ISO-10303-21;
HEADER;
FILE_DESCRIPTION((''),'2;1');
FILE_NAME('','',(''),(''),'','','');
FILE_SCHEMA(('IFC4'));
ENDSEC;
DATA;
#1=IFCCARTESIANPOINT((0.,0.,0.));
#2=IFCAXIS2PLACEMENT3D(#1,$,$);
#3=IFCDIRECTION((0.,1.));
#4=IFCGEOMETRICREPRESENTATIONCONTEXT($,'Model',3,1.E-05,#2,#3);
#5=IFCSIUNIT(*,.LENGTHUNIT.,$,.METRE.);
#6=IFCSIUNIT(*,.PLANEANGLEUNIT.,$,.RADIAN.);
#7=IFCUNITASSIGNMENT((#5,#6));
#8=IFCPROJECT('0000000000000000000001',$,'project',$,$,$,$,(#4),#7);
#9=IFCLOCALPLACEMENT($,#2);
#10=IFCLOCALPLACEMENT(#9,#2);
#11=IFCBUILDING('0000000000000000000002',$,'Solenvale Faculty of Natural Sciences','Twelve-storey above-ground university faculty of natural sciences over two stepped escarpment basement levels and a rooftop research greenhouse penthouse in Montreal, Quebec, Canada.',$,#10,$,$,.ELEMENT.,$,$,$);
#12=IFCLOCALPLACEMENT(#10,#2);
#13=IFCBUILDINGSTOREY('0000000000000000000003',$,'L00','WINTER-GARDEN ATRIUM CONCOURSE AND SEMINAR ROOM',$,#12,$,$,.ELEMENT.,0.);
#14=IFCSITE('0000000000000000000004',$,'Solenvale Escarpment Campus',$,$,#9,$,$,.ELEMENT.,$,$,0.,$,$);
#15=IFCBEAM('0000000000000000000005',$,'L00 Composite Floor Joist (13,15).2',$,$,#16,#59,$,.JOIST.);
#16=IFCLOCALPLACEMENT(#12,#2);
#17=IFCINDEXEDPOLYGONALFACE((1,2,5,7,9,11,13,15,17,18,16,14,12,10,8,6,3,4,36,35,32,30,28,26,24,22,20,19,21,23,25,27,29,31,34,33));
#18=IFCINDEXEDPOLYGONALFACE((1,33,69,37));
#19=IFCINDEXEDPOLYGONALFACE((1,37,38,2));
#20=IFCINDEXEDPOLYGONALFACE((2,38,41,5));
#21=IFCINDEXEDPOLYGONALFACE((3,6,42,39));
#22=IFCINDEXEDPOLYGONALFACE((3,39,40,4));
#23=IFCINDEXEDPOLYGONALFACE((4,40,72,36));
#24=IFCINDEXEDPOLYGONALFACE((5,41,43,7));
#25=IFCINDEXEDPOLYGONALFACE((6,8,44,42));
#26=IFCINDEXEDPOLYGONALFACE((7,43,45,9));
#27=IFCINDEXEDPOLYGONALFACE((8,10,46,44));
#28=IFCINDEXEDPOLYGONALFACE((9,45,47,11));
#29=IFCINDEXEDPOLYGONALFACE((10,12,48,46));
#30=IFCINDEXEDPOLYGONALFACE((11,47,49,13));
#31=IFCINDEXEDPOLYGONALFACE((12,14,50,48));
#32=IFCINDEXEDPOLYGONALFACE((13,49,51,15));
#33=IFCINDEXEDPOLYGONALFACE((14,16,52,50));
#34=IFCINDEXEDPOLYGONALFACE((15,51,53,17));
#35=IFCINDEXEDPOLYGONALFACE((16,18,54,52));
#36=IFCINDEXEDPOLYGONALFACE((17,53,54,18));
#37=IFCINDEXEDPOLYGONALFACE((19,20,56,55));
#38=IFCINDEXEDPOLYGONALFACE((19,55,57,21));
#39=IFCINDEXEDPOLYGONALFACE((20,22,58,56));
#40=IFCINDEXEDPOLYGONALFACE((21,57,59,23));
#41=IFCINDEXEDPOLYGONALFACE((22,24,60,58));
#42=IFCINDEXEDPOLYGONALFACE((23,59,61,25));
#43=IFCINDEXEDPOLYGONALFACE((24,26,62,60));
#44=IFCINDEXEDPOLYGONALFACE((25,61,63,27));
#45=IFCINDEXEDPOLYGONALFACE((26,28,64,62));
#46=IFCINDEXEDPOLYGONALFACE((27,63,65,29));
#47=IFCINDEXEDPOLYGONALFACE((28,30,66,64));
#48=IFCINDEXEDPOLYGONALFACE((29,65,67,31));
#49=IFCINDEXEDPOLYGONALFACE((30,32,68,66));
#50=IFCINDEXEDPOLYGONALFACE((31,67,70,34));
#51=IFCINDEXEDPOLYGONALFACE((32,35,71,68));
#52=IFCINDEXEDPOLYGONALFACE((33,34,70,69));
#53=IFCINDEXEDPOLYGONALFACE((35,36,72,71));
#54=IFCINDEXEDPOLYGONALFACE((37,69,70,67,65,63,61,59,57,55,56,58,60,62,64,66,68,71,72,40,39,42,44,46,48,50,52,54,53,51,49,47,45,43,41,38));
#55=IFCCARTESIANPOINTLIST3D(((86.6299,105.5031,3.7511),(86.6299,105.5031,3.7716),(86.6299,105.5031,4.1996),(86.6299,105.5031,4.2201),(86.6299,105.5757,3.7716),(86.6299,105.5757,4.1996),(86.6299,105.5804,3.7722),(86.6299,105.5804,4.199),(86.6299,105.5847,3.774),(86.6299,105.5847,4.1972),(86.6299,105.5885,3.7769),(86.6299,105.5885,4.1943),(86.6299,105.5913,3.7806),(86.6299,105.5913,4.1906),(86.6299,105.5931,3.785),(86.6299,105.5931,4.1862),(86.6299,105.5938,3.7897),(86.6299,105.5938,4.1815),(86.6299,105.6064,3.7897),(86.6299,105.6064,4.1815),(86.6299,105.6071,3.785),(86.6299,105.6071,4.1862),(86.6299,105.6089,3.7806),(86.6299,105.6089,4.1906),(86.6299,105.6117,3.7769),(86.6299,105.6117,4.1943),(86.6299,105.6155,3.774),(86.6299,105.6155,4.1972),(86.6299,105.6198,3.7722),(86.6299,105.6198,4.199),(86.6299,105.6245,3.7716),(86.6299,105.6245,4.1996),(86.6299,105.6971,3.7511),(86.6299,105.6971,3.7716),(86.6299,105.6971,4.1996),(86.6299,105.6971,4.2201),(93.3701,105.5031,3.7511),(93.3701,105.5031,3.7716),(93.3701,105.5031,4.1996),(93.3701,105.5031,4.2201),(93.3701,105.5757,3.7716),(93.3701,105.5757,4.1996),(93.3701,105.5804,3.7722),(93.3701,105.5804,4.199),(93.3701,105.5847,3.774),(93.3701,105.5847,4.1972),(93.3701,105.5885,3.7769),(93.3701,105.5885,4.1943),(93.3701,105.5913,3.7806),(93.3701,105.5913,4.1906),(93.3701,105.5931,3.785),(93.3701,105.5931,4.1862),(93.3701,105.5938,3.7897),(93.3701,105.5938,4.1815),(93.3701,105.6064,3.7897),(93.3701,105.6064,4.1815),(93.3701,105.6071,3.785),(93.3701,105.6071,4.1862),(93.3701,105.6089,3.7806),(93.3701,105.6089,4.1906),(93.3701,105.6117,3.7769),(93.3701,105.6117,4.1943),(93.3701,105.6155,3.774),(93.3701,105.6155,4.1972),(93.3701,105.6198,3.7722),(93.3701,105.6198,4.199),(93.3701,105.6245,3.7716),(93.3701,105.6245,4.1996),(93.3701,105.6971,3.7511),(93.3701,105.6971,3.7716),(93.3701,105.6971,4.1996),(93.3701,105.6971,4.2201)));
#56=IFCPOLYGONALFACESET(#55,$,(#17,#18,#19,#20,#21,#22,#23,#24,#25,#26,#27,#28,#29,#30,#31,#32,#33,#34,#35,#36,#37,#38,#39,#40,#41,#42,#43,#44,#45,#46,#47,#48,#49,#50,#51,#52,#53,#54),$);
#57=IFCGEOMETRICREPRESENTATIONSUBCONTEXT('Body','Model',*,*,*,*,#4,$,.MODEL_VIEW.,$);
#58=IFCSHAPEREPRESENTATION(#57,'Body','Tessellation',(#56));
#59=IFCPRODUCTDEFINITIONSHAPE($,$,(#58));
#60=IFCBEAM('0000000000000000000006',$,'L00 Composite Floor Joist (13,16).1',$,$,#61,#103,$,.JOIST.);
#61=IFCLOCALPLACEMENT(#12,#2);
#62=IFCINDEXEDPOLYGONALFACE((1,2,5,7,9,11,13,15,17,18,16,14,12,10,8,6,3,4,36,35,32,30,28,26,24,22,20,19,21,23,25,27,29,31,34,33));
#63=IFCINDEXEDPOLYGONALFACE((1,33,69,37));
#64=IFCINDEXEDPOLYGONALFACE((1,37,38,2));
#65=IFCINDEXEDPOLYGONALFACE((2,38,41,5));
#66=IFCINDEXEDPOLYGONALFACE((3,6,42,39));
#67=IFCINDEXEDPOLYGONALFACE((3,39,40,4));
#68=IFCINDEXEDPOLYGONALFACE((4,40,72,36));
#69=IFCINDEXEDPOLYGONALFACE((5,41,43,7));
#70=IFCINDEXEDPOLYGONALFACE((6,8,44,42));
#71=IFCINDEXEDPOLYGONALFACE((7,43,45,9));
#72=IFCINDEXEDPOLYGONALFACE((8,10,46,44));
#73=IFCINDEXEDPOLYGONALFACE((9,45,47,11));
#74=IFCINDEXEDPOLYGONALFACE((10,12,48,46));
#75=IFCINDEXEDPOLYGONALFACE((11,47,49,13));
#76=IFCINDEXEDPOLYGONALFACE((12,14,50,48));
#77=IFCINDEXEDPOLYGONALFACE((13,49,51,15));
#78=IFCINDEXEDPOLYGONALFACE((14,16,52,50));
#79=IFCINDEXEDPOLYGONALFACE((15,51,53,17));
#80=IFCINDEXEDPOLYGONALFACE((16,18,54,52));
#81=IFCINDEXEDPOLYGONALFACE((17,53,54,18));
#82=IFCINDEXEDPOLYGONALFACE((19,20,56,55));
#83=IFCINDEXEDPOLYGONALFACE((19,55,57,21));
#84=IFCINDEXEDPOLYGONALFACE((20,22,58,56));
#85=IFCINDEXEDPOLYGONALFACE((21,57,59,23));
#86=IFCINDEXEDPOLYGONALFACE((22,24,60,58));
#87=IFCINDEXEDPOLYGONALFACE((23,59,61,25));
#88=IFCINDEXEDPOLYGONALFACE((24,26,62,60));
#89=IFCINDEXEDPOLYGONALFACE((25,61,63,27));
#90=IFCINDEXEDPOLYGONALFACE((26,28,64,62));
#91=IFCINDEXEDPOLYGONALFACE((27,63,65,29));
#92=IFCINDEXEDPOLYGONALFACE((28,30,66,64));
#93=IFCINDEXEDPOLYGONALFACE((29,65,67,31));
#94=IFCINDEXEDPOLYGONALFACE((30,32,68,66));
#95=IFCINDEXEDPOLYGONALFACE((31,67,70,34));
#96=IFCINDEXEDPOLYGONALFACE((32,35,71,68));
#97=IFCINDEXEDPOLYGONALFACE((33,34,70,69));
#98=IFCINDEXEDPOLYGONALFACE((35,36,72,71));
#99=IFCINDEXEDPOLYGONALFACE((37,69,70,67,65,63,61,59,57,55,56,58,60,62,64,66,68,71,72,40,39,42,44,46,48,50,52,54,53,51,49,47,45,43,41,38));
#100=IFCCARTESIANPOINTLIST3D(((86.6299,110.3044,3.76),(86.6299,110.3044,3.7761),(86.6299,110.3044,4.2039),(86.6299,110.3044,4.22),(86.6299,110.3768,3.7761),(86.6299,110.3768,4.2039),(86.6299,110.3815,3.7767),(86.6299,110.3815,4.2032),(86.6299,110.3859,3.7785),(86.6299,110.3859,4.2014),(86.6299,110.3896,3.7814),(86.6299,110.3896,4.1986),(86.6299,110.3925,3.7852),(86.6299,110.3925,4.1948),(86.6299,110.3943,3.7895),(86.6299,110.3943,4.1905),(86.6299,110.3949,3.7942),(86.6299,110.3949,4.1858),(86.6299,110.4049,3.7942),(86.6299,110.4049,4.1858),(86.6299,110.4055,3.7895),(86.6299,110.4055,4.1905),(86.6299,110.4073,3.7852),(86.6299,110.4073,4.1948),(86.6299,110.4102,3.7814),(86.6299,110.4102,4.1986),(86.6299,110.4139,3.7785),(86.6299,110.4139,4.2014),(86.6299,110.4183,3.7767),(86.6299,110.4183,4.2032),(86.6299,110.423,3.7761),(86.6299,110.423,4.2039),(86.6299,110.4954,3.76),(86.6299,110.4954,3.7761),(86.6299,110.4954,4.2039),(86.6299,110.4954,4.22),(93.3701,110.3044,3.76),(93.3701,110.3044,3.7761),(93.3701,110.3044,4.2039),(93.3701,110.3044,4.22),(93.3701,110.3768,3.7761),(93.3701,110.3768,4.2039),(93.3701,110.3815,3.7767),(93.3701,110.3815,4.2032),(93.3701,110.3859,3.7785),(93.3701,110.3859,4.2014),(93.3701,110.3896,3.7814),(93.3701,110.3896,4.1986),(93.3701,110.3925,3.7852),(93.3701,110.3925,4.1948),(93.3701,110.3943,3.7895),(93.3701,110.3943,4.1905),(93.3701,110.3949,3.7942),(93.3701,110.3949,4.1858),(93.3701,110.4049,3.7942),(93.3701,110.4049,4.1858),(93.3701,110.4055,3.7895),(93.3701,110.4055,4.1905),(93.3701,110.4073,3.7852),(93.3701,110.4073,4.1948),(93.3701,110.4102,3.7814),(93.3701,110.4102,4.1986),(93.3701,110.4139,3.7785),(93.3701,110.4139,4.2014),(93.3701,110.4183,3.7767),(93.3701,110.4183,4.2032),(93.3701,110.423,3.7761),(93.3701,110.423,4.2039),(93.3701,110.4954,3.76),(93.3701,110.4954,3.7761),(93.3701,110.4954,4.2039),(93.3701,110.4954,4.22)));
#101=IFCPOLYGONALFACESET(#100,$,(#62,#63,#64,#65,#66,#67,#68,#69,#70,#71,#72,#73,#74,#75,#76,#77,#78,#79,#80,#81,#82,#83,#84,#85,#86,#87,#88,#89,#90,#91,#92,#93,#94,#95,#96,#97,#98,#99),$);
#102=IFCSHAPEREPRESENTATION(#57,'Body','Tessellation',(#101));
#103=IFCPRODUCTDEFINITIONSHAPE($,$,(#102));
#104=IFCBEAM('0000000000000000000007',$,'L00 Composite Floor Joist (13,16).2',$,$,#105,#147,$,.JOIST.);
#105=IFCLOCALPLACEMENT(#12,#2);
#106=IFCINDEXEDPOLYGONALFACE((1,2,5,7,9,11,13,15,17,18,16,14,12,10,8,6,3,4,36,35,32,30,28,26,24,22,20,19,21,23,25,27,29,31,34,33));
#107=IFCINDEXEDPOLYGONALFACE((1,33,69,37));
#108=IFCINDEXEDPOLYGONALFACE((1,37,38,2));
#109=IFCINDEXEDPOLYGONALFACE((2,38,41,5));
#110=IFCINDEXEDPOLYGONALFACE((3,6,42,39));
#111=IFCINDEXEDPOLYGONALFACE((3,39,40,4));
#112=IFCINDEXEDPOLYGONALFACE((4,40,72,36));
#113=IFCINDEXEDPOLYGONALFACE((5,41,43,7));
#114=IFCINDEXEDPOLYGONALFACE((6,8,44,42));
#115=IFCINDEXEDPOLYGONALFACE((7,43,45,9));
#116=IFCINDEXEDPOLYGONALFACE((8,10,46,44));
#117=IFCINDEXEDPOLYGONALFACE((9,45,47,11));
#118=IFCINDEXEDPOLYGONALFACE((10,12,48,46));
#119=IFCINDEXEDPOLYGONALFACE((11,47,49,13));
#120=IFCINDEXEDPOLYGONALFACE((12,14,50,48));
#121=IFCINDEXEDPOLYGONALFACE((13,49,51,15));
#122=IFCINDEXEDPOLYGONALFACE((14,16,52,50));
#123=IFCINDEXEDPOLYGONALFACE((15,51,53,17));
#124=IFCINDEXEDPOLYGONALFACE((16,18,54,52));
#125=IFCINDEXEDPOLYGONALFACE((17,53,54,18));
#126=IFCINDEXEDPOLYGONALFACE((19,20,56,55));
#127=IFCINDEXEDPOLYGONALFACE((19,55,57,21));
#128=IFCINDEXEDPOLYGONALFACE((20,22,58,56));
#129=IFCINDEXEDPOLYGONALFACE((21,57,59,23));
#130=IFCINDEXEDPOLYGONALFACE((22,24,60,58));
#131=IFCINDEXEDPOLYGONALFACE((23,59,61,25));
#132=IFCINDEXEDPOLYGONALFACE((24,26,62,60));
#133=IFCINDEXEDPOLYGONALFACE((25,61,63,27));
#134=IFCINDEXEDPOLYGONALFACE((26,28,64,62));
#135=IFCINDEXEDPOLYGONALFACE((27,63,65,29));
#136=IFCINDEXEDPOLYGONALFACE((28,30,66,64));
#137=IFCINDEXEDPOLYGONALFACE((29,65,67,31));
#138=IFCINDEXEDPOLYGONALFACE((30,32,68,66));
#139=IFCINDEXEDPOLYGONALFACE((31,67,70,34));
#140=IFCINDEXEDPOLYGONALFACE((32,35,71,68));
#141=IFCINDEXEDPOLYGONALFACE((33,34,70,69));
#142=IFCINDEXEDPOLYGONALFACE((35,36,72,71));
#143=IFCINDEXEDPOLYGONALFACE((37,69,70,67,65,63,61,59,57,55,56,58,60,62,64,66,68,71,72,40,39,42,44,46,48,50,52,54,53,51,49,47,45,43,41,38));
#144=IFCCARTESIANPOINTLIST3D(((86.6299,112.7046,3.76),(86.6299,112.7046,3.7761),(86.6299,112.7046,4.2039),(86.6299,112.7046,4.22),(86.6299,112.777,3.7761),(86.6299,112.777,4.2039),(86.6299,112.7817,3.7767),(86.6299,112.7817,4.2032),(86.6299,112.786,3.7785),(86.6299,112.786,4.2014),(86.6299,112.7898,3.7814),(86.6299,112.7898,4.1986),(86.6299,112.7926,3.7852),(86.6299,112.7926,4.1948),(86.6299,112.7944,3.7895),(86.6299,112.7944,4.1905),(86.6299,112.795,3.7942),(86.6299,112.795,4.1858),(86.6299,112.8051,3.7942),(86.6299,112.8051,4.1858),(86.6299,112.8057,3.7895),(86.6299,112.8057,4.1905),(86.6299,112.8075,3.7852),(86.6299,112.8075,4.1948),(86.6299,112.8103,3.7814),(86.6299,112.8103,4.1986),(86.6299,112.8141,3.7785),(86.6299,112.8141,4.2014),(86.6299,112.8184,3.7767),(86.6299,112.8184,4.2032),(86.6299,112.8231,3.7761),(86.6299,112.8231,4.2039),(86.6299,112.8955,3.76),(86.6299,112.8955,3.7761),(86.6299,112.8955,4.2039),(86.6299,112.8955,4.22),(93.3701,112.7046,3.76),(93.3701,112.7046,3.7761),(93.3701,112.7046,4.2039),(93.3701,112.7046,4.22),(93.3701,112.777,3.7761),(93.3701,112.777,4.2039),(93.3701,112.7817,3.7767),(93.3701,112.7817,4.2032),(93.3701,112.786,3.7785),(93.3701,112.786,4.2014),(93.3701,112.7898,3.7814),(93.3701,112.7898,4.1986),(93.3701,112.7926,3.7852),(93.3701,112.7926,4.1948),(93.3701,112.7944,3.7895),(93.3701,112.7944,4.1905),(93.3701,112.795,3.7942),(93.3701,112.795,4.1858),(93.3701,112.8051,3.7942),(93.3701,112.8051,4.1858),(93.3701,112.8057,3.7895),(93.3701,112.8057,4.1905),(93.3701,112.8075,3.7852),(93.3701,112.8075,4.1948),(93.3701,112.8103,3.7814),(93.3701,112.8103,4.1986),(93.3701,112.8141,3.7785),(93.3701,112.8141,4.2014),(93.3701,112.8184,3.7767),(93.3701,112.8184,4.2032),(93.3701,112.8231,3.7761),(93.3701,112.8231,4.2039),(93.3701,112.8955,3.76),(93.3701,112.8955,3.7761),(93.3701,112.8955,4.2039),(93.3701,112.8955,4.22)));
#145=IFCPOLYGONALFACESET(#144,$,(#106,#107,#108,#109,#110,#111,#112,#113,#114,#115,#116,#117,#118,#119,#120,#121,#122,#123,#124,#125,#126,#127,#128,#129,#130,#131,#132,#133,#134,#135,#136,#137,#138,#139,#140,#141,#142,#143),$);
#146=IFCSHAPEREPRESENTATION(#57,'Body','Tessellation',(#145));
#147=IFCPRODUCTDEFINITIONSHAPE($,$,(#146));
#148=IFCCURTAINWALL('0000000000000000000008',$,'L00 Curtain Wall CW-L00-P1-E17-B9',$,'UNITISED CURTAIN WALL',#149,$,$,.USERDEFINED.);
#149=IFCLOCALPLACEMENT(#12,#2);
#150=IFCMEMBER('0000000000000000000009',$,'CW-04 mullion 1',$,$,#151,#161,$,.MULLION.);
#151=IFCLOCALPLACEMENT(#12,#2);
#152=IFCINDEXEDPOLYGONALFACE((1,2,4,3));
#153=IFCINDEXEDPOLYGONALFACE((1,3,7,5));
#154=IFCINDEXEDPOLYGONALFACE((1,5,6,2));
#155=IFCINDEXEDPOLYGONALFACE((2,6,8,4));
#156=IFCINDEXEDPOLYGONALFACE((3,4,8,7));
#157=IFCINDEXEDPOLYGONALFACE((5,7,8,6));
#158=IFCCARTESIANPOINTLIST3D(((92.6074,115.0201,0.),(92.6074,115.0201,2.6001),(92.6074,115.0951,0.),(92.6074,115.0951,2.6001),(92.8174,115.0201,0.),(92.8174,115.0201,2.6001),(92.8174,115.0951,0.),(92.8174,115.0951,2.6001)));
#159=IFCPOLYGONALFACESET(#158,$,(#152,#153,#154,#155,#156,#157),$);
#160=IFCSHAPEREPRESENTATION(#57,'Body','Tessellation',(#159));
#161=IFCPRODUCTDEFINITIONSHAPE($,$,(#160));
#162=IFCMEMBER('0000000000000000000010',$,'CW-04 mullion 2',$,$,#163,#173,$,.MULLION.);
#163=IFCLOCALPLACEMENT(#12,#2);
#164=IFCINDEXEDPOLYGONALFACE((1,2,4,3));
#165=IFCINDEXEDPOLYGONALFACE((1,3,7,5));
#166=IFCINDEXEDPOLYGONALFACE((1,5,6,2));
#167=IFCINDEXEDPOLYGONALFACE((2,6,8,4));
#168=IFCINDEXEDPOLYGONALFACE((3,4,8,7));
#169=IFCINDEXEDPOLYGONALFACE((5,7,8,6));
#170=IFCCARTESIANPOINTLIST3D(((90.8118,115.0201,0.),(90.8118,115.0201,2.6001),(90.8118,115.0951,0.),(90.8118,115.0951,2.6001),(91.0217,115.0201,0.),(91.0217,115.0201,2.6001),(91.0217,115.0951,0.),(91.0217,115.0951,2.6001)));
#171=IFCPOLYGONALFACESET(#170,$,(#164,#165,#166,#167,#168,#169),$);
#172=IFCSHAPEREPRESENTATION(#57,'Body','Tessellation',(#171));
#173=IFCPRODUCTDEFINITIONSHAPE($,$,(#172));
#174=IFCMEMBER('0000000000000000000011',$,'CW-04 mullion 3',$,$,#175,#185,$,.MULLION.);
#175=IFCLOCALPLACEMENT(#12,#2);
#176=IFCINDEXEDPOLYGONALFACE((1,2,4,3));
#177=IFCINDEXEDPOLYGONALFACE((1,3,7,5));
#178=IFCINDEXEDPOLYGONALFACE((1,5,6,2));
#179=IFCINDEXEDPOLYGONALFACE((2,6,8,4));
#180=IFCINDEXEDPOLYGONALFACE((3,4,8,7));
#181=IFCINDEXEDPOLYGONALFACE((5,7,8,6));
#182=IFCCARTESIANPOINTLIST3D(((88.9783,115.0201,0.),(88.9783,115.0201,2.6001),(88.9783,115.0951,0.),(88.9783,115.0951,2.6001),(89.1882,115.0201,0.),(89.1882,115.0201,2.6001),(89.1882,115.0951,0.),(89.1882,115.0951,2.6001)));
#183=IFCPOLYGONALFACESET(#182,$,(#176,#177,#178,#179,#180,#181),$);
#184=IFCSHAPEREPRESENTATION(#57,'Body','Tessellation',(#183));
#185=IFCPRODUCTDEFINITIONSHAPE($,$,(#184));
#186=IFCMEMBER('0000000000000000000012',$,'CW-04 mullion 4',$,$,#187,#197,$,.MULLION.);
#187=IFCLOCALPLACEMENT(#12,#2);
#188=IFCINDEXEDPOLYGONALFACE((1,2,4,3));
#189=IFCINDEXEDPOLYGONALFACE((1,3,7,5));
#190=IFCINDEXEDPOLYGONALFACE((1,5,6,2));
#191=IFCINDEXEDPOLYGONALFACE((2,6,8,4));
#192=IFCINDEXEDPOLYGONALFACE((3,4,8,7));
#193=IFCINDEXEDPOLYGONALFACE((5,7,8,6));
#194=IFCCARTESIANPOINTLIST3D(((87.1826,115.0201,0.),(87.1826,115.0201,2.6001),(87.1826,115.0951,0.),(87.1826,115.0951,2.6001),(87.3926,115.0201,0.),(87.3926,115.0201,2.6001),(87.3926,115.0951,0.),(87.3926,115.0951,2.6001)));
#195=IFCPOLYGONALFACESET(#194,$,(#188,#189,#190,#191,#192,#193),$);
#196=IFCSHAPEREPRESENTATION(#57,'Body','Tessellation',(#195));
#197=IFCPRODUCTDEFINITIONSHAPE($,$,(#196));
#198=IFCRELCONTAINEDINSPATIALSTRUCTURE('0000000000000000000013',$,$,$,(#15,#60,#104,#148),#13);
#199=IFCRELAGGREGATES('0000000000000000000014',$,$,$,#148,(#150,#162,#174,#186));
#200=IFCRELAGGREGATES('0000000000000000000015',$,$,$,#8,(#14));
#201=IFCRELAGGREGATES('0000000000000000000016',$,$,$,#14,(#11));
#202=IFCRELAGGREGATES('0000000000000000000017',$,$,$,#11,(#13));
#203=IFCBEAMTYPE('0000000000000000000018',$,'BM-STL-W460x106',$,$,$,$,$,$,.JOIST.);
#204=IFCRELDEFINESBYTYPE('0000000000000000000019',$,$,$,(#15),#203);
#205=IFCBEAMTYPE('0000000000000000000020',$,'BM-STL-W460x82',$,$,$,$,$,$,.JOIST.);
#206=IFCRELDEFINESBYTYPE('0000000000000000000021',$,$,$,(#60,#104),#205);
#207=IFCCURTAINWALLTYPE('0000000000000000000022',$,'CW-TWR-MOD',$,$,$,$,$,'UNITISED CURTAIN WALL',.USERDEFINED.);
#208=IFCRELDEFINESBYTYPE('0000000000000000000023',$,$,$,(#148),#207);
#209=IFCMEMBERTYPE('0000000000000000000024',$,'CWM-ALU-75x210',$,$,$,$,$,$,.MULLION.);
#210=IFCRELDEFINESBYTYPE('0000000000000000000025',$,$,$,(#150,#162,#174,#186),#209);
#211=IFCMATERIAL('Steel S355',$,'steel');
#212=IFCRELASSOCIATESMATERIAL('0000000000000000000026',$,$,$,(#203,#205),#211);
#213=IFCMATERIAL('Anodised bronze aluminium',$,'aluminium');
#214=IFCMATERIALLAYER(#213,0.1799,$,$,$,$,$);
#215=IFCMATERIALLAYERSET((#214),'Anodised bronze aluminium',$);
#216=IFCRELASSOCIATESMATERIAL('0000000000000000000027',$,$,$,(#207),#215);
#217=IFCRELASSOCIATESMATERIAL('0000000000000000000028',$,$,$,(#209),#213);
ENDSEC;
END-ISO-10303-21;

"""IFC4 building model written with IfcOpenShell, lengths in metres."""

from ifc_helpers import new_model, si_unit, direction, frame, origin, origin_2d, place, context, subcontext, project, spatial, rectangle, i_section, extrude, material, layer, layer_set, material_profile, profile_set, type_object, element, aggregate, save


model = new_model("IFC4")

# Units and contexts
model_context = context("Model", 3, precision=1e-05, world=origin(), true_north=direction((0.0, 1.0)))
body_context = subcontext(model_context, "Body", "Model", "MODEL_VIEW")
ifc_project = project(units=[si_unit("LENGTHUNIT", "METRE"), si_unit("PLANEANGLEUNIT", "RADIAN")], contexts=[model_context])

# Site, building, storey
site_placement = place(None, origin())
site = spatial("IfcSite", under=ifc_project, at=site_placement, Name="Solenvale Escarpment Campus", CompositionType="ELEMENT", RefElevation=0.0)
building_placement = place(site_placement, origin())
building = spatial("IfcBuilding", under=site, at=building_placement, Name="Solenvale Faculty of Natural Sciences", Description="Twelve-storey above-ground university faculty of natural sciences over two stepped escarpment basement levels and a rooftop research greenhouse penthouse in Montreal, Quebec, Canada.", CompositionType="ELEMENT")
storey_placement = place(building_placement, origin())
storey = spatial("IfcBuildingStorey", under=building, at=storey_placement, Name="L00", Description="WINTER-GARDEN ATRIUM CONCOURSE AND SEMINAR ROOM", CompositionType="ELEMENT", Elevation=0.0)

# Beams
ifc_material_1 = material(Name="Steel S355", Category="steel")
ifc_material_profile_1 = material_profile(ifc_material_1, i_section(OverallWidth=0.1941, OverallDepth=0.469, WebThickness=0.0127, FlangeThickness=0.0205, FilletRadius=0.0181, at=origin_2d()), Name="W460x106")
ifc_profile_set_1 = profile_set([ifc_material_profile_1], Name="Steel S355")
beam_type_1 = type_object("IfcBeamType", Name="BM-STL-W460x106", PredefinedType="JOIST", material=ifc_profile_set_1)
for number, where, z_axis, x_axis, name in (
    (1, (86.6299, 105.6001, 3.9856), (1.0, 0.0, 0.0), (0.0, 1.0, 0.0), "L00 Composite Floor Joist (13,15).2"),
):
    element("IfcBeam", number, at=place(storey_placement, frame(where, z_axis=z_axis, x_axis=x_axis)), inside=storey, type_object=beam_type_1, Name=name, PredefinedType="JOIST", context=body_context, shape_type="SweptSolid", body=[
        extrude(i_section(OverallWidth=0.1941, OverallDepth=0.469, WebThickness=0.0127, FlangeThickness=0.0205, FilletRadius=0.0181, at=origin_2d()), origin(), (0.0, 0.0, 1.0), 6.7402),
    ])
ifc_material_profile_2 = material_profile(ifc_material_1, i_section(OverallWidth=0.1909, OverallDepth=0.46, WebThickness=0.01, FlangeThickness=0.0161, FilletRadius=0.0181, at=origin_2d()), Name="W460x82")
ifc_profile_set_2 = profile_set([ifc_material_profile_2], Name="Steel S355")
beam_type_2 = type_object("IfcBeamType", Name="BM-STL-W460x82", PredefinedType="JOIST", material=ifc_profile_set_2)
for number, where, z_axis, x_axis, name in (
    (2, (86.6299, 110.3999, 3.99), (1.0, 0.0, 0.0), (0.0, 1.0, 0.0), "L00 Composite Floor Joist (13,16).1"),
    (3, (86.6299, 112.8, 3.99), (1.0, 0.0, 0.0), (0.0, 1.0, 0.0), "L00 Composite Floor Joist (13,16).2"),
):
    element("IfcBeam", number, at=place(storey_placement, frame(where, z_axis=z_axis, x_axis=x_axis)), inside=storey, type_object=beam_type_2, Name=name, PredefinedType="JOIST", context=body_context, shape_type="SweptSolid", body=[
        extrude(i_section(OverallWidth=0.1909, OverallDepth=0.46, WebThickness=0.01, FlangeThickness=0.0161, FilletRadius=0.0181, at=origin_2d()), origin(), (0.0, 0.0, 1.0), 6.7402),
    ])

# Curtain wall, members
ifc_material_2 = material(Name="Anodised bronze aluminium", Category="aluminium")
ifc_layer_1 = layer(ifc_material_2, 0.1799)
ifc_layer_set_1 = layer_set([ifc_layer_1], Name="Anodised bronze aluminium")
curtain_wall_type = type_object("IfcCurtainWallType", Name="CW-TWR-MOD", ElementType="UNITISED CURTAIN WALL", PredefinedType="USERDEFINED", material=ifc_layer_set_1)
curtain_wall_placement = place(storey_placement, origin())
curtain_wall = element("IfcCurtainWall", 4, at=curtain_wall_placement, inside=storey, type_object=curtain_wall_type, Name="L00 Curtain Wall CW-L00-P1-E17-B9", ObjectType="UNITISED CURTAIN WALL", PredefinedType="USERDEFINED")
ifc_material_profile_3 = material_profile(ifc_material_2, rectangle(XDim=0.075, YDim=0.21, at=origin_2d()), Name="ALU-MUL-75x210")
ifc_profile_set_3 = profile_set([ifc_material_profile_3], Name="Anodised bronze aluminium")
member_type_1 = type_object("IfcMemberType", Name="CWM-ALU-75x210", PredefinedType="MULLION", material=ifc_profile_set_3)
member_1_placement = place(storey_placement, frame((92.7124, 115.0576, 0.0), z_axis=(0.0, 0.0, 1.0), x_axis=(0.0, -1.0, 0.0)))
member_1 = element("IfcMember", 5, at=member_1_placement, type_object=member_type_1, Name="CW-04 mullion 1", PredefinedType="MULLION", context=body_context, shape_type="SweptSolid", body=[
    extrude(rectangle(XDim=0.075, YDim=0.21, at=origin_2d()), origin(), (0.0, 0.0, 1.0), 2.6001),
])
member_2_placement = place(storey_placement, frame((90.9167, 115.0576, 0.0), z_axis=(0.0, 0.0, 1.0), x_axis=(0.0, -1.0, 0.0)))
member_2 = element("IfcMember", 6, at=member_2_placement, type_object=member_type_1, Name="CW-04 mullion 2", PredefinedType="MULLION", context=body_context, shape_type="SweptSolid", body=[
    extrude(rectangle(XDim=0.075, YDim=0.21, at=origin_2d()), origin(), (0.0, 0.0, 1.0), 2.6001),
])
member_3_placement = place(storey_placement, frame((89.0833, 115.0576, 0.0), z_axis=(0.0, 0.0, 1.0), x_axis=(0.0, -1.0, 0.0)))
member_3 = element("IfcMember", 7, at=member_3_placement, type_object=member_type_1, Name="CW-04 mullion 3", PredefinedType="MULLION", context=body_context, shape_type="SweptSolid", body=[
    extrude(rectangle(XDim=0.075, YDim=0.21, at=origin_2d()), origin(), (0.0, 0.0, 1.0), 2.6001),
])
member_4_placement = place(storey_placement, frame((87.2876, 115.0576, 0.0), z_axis=(0.0, 0.0, 1.0), x_axis=(0.0, -1.0, 0.0)))
member_4 = element("IfcMember", 8, at=member_4_placement, type_object=member_type_1, Name="CW-04 mullion 4", PredefinedType="MULLION", context=body_context, shape_type="SweptSolid", body=[
    extrude(rectangle(XDim=0.075, YDim=0.21, at=origin_2d()), origin(), (0.0, 0.0, 1.0), 2.6001),
])
aggregate(curtain_wall, [member_1, member_2, member_3, member_4])

save(model, "model.ifc")
